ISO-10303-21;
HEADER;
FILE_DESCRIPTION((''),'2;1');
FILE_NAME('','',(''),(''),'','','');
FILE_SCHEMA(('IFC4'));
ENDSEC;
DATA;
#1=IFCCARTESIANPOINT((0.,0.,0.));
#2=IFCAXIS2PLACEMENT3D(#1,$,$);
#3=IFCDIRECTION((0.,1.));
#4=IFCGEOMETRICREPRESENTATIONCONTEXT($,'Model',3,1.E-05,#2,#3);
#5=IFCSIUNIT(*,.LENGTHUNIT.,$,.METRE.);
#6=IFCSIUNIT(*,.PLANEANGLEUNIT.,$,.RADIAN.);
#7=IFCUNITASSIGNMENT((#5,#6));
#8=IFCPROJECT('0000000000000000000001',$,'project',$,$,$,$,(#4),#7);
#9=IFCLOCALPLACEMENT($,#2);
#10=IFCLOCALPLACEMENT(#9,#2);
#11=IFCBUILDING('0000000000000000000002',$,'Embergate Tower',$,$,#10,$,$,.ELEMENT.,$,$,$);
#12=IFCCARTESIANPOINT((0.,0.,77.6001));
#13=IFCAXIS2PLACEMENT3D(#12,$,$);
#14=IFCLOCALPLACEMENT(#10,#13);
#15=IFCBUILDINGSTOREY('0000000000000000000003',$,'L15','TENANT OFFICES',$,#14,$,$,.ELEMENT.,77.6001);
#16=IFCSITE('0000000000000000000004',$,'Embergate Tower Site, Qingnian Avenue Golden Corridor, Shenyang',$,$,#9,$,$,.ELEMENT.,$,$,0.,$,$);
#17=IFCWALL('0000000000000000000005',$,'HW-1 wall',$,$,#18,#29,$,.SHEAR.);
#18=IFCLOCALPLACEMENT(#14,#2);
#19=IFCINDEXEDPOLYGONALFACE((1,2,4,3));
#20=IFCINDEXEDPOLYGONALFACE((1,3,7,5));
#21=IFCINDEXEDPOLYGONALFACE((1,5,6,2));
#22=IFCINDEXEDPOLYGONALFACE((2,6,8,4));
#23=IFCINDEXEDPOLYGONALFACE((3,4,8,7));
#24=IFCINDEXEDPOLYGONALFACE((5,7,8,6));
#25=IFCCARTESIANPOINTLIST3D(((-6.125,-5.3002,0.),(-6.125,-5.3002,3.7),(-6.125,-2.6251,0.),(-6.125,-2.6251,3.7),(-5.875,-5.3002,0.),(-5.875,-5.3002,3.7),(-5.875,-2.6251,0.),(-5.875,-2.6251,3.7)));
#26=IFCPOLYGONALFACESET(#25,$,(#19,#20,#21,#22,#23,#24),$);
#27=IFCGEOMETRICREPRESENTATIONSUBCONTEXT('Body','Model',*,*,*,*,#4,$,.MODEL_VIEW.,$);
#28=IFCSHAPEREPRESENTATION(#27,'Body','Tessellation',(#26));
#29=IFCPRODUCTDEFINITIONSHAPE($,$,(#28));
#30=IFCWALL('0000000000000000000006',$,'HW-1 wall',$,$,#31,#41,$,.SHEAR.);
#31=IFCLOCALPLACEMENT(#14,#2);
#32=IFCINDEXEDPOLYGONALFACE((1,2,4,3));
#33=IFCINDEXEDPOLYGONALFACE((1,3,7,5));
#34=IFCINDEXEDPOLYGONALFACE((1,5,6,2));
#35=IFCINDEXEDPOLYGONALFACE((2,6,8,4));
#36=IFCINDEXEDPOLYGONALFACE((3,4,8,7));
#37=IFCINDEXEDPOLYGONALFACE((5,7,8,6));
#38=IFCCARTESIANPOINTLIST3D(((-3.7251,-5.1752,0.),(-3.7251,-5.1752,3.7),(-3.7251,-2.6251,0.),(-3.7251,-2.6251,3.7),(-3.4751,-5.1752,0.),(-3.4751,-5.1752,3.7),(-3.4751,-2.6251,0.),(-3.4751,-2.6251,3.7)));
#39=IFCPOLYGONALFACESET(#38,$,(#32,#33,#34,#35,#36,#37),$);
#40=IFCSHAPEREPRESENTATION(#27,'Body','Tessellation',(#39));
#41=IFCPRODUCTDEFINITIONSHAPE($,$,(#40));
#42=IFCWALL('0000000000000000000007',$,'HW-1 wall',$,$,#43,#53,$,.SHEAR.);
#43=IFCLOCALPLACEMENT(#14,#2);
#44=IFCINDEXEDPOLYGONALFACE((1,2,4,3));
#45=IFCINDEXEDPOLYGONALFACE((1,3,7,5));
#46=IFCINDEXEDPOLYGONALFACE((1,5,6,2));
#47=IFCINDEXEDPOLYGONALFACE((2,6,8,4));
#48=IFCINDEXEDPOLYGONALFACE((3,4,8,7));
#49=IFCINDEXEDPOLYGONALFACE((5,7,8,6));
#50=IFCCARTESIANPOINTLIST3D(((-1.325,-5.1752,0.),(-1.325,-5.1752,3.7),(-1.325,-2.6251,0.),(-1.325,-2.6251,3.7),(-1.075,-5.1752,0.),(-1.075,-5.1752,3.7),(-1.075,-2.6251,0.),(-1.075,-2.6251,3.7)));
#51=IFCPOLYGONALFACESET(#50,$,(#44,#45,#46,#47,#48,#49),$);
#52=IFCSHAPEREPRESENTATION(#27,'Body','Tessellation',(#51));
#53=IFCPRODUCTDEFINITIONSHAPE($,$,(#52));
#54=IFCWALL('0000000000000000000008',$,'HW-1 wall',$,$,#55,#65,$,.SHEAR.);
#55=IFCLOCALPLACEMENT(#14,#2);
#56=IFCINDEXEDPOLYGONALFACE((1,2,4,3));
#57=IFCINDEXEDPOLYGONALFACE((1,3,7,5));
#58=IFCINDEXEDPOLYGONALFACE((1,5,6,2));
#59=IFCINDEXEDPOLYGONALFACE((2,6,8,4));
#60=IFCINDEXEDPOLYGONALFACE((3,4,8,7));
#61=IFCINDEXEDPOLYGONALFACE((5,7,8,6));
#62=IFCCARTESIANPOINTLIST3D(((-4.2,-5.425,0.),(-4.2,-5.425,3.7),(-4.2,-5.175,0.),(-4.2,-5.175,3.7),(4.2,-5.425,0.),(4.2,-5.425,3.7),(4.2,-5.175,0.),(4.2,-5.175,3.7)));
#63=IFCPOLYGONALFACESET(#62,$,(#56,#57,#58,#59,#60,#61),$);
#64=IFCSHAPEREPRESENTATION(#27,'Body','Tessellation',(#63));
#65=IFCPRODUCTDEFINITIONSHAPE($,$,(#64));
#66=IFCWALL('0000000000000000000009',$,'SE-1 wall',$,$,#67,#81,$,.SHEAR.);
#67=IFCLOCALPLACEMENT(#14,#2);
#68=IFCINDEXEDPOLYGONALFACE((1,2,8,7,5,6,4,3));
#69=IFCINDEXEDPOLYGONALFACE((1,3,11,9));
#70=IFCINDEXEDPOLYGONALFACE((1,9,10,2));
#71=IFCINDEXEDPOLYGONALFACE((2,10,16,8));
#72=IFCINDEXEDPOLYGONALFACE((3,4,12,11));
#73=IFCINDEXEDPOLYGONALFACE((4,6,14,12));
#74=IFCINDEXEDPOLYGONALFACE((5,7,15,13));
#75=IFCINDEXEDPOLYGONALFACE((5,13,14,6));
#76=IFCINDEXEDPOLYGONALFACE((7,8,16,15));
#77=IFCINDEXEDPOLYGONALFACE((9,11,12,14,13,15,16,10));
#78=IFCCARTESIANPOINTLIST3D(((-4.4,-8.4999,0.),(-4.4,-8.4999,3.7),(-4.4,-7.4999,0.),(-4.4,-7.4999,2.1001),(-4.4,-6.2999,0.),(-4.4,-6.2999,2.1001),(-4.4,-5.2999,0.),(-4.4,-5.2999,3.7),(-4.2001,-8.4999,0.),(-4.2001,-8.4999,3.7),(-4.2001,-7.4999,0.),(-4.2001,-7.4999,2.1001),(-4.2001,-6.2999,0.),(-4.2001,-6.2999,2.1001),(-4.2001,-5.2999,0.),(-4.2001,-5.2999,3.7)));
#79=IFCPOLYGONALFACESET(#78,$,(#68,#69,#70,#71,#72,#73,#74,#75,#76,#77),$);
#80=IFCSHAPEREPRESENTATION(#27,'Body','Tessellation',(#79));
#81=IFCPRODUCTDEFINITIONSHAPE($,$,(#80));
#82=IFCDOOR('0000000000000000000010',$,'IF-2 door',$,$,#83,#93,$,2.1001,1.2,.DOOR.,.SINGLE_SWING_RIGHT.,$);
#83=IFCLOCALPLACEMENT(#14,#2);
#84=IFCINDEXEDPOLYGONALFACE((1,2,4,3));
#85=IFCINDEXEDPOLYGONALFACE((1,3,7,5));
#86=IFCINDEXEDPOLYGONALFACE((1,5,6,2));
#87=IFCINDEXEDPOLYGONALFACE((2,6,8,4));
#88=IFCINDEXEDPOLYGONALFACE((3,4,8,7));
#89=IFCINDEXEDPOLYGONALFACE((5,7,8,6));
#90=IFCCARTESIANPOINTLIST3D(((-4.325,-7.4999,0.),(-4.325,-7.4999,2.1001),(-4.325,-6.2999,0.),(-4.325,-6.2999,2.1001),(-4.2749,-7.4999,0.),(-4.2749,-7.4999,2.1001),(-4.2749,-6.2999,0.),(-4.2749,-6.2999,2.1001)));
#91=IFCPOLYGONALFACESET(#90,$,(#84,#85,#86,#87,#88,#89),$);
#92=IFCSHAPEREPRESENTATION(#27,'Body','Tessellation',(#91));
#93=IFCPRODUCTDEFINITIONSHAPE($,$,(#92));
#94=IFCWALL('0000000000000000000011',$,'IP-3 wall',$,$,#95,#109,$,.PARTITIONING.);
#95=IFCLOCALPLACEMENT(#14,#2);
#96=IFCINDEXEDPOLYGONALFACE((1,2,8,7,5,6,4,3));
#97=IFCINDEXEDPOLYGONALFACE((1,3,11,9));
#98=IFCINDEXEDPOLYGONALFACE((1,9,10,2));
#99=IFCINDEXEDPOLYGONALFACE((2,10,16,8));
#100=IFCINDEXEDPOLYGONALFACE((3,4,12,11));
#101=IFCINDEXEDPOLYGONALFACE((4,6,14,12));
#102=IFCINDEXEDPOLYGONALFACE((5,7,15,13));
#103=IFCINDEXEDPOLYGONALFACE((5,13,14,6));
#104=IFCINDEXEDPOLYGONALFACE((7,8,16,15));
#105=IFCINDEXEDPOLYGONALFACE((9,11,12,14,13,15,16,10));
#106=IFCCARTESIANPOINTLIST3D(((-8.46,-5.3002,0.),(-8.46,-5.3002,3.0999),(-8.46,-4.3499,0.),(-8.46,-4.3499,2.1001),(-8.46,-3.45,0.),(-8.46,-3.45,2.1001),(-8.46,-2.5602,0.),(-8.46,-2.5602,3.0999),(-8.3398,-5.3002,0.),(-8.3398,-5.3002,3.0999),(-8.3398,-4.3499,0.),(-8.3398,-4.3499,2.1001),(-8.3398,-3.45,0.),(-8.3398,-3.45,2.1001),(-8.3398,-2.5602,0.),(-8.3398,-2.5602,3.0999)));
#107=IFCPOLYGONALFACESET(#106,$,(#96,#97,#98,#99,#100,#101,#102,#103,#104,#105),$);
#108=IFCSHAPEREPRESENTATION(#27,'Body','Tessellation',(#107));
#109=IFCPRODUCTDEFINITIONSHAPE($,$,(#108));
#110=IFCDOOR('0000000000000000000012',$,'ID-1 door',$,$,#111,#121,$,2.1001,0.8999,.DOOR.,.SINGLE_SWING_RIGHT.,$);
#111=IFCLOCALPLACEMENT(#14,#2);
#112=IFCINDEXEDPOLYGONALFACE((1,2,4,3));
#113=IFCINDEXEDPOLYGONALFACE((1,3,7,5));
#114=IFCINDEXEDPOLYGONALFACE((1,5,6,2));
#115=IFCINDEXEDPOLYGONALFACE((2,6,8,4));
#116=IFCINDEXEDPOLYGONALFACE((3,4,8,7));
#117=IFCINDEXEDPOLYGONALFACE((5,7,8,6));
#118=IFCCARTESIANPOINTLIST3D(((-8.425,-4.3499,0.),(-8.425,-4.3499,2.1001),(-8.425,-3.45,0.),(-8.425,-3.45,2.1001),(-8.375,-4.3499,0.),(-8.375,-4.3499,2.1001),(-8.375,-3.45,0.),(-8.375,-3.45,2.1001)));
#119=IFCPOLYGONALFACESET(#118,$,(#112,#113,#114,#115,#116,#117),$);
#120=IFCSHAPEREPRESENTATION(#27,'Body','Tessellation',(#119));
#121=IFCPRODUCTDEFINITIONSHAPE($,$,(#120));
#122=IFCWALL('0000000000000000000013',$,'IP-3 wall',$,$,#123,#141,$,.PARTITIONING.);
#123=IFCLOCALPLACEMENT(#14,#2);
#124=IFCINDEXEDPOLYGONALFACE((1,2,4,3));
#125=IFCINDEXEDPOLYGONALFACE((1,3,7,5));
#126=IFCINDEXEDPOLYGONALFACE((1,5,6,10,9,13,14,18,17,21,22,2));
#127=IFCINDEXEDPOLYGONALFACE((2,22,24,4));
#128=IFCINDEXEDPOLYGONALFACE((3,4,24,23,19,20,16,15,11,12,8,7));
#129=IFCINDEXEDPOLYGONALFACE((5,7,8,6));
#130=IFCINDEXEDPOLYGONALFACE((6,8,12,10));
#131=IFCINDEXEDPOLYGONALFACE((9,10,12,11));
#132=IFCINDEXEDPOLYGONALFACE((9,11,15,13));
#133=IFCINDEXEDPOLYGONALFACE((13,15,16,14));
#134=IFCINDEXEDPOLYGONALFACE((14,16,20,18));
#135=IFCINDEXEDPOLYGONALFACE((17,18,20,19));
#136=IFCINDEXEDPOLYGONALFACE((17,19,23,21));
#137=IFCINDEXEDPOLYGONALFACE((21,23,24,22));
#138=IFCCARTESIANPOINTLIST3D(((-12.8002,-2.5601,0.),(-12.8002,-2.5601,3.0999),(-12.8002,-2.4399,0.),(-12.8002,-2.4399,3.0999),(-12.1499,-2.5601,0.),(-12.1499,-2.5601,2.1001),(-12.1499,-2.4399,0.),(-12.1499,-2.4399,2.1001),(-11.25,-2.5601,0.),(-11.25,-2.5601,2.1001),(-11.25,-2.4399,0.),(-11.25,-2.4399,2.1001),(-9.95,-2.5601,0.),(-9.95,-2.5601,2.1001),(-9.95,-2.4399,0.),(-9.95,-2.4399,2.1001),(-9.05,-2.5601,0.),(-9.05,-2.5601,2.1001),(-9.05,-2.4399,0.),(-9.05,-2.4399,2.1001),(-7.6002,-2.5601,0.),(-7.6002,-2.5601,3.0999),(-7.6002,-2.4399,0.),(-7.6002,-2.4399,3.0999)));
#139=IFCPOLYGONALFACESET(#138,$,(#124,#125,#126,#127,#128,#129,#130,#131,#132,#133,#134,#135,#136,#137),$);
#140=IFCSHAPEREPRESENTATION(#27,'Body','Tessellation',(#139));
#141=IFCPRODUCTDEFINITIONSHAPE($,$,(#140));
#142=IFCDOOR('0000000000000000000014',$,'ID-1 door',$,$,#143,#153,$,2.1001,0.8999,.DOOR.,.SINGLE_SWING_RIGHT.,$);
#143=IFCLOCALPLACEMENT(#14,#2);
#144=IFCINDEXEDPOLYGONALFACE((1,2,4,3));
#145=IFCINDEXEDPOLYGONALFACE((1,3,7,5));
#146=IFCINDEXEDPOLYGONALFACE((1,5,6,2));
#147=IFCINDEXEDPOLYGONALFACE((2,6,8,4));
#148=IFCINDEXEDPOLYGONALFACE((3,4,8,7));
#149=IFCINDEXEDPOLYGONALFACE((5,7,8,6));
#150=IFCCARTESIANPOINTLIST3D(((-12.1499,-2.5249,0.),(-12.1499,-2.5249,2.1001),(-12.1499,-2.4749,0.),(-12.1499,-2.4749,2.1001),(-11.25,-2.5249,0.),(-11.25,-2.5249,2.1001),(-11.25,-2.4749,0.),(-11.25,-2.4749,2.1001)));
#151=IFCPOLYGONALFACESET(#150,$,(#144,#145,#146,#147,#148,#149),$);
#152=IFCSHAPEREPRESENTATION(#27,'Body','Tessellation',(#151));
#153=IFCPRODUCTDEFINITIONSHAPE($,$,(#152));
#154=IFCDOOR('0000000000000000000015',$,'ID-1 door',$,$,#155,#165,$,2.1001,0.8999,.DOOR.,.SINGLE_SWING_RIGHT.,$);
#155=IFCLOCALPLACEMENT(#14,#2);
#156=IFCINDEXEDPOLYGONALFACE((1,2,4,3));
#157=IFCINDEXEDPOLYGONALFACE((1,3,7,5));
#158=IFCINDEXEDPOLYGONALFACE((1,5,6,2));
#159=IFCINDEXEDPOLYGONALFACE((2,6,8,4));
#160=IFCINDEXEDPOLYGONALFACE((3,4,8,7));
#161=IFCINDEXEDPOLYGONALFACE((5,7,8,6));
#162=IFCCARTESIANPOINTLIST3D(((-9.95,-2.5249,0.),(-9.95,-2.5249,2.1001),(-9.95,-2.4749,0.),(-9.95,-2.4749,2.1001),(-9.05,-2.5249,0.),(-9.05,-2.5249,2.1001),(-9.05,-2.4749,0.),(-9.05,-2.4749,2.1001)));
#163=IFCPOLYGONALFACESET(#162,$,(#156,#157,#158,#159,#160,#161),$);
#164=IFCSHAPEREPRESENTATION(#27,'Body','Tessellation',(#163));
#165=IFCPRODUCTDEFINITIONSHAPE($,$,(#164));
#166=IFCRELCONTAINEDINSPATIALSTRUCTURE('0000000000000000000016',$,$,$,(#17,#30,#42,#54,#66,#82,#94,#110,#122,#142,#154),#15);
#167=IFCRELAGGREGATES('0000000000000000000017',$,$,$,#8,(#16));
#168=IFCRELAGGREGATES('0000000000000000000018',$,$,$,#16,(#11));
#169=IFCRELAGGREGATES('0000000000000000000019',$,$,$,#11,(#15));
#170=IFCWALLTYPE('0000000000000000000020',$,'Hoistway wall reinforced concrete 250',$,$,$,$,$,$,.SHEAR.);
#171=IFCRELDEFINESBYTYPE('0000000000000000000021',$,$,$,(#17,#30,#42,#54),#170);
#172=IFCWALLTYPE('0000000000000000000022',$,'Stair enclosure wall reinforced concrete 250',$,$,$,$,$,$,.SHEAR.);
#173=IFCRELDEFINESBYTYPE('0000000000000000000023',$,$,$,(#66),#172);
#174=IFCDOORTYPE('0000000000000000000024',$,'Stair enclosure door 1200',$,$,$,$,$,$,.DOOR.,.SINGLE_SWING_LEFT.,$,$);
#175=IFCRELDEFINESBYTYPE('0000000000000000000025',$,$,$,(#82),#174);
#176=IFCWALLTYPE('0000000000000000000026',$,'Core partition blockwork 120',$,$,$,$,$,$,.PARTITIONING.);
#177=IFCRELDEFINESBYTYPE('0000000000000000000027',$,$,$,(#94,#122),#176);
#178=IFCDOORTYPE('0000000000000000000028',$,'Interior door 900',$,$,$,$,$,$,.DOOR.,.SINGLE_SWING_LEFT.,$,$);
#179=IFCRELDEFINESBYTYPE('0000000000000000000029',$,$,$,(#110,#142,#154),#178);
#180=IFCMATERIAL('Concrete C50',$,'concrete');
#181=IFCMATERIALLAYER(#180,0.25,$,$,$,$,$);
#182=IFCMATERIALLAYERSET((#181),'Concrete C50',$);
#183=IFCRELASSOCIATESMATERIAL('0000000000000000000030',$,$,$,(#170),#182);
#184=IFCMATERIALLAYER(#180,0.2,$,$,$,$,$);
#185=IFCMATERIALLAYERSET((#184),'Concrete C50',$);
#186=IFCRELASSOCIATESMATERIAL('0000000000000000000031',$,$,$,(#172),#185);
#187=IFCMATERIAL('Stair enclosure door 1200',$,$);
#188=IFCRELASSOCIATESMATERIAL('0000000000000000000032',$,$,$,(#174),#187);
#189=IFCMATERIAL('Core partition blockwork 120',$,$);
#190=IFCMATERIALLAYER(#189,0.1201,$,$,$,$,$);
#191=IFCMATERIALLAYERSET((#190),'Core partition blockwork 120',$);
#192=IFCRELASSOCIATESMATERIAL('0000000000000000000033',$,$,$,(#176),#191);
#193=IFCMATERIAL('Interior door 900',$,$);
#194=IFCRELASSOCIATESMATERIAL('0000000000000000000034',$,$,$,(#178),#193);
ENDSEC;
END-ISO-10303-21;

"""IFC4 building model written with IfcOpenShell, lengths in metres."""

from ifc_helpers import new_model, si_unit, direction, frame, frame_2d, origin, place, context, subcontext, project, spatial, rectangle, extrude, source, transform, mapped, material, layer, layer_set, type_object, element, fill, save


model = new_model("IFC4")

# Units and contexts
model_context = context("Model", 3, precision=1e-05, world=origin(), true_north=direction((0.0, 1.0)))
body_context = subcontext(model_context, "Body", "Model", "MODEL_VIEW")
ifc_project = project(units=[si_unit("LENGTHUNIT", "METRE"), si_unit("PLANEANGLEUNIT", "RADIAN")], contexts=[model_context])

# Site, building, storey
site_placement = place(None, origin())
site = spatial("IfcSite", under=ifc_project, at=site_placement, Name="Embergate Tower Site, Qingnian Avenue Golden Corridor, Shenyang", CompositionType="ELEMENT", RefElevation=0.0)
building_placement = place(site_placement, origin())
building = spatial("IfcBuilding", under=site, at=building_placement, Name="Embergate Tower", CompositionType="ELEMENT")
storey_placement = place(building_placement, frame((0.0, 0.0, 77.6001)))
storey = spatial("IfcBuildingStorey", under=building, at=storey_placement, Name="L15", Description="TENANT OFFICES", CompositionType="ELEMENT", Elevation=77.6001)

# Walls
ifc_material_1 = material(Name="Concrete C50", Category="concrete")
ifc_layer_1 = layer(ifc_material_1, 0.25)
ifc_layer_set_1 = layer_set([ifc_layer_1], Name="Concrete C50")
wall_type_1 = type_object("IfcWallType", Name="Hoistway wall reinforced concrete 250", PredefinedType="SHEAR", material=ifc_layer_set_1)
shared_shape_1 = source(origin(), body_context, "Body", "SweptSolid", [
    extrude(rectangle(XDim=2.675, YDim=0.25, at=frame_2d((1.3374, 0.0))), origin(), (0.0, 0.0, 1.0), 3.7),
])
wall_1_placement = place(storey_placement, frame((-6.0, -5.3, 0.0), z_axis=(0.0, 0.0, 1.0), x_axis=(0.0, 1.0, 0.0)))
element("IfcWall", 1, at=wall_1_placement, inside=storey, type_object=wall_type_1, Name="HW-1 wall", PredefinedType="SHEAR", context=body_context, shape_type="MappedRepresentation", body=[
    mapped(shared_shape_1, transform((0.0, 0.0, 0.0))),
])
shared_shape_2 = source(origin(), body_context, "Body", "SweptSolid", [
    extrude(rectangle(XDim=2.55, YDim=0.25, at=frame_2d((1.2749, 0.0))), origin(), (0.0, 0.0, 1.0), 3.7),
])
for number, where, z_axis, x_axis, name in (
    (2, (-3.6001, -5.175, 0.0), (0.0, 0.0, 1.0), (0.0, 1.0, 0.0), "HW-1 wall"),
    (3, (-1.2, -5.175, 0.0), (0.0, 0.0, 1.0), (0.0, 1.0, 0.0), "HW-1 wall"),
):
    element("IfcWall", number, at=place(storey_placement, frame(where, z_axis=z_axis, x_axis=x_axis)), inside=storey, type_object=wall_type_1, Name=name, PredefinedType="SHEAR", context=body_context, shape_type="MappedRepresentation", body=[
        mapped(shared_shape_2, transform((0.0, 0.0, 0.0))),
    ])
shared_shape_3 = source(origin(), body_context, "Body", "SweptSolid", [
    extrude(rectangle(XDim=8.3999, YDim=0.25, at=frame_2d((4.2, 0.0))), origin(), (0.0, 0.0, 1.0), 3.7),
])
wall_2_placement = place(storey_placement, frame((-4.2, -5.3, 0.0), z_axis=(0.0, 0.0, 1.0), x_axis=(1.0, 0.0, 0.0)))
element("IfcWall", 4, at=wall_2_placement, inside=storey, type_object=wall_type_1, Name="HW-1 wall", PredefinedType="SHEAR", context=body_context, shape_type="MappedRepresentation", body=[
    mapped(shared_shape_3, transform((0.0, 0.0, 0.0))),
])

# Walls, openings, doors
ifc_layer_2 = layer(ifc_material_1, 0.2)
ifc_layer_set_2 = layer_set([ifc_layer_2], Name="Concrete C50")
wall_type_2 = type_object("IfcWallType", Name="Stair enclosure wall reinforced concrete 250", PredefinedType="SHEAR", material=ifc_layer_set_2)
shared_shape_4 = source(origin(), body_context, "Body", "SweptSolid", [
    extrude(rectangle(XDim=3.2, YDim=0.2, at=frame_2d((1.6001, 0.0))), origin(), (0.0, 0.0, 1.0), 3.7),
])
wall_3_placement = place(storey_placement, frame((-4.3, -8.5, 0.0), z_axis=(0.0, 0.0, 1.0), x_axis=(0.0, 1.0, 0.0)))
wall_3 = element("IfcWall", 5, at=wall_3_placement, inside=storey, type_object=wall_type_2, Name="SE-1 wall", PredefinedType="SHEAR", context=body_context, shape_type="MappedRepresentation", body=[
    mapped(shared_shape_4, transform((0.0, 0.0, 0.0))),
])
shared_shape_5 = source(origin(), body_context, "Body", "SweptSolid", [
    extrude(rectangle(XDim=1.2, YDim=2.1001, at=frame_2d((0.6001, 1.05))), frame((0.0, 0.1099, 0.0), z_axis=(0.0, -1.0, 0.0), x_axis=(1.0, 0.0, 0.0)), (0.0, 0.0, 1.0), 0.22),
])
opening_1_placement = place(wall_3_placement, frame((1.0, 0.0, 0.0)))
opening_1 = element("IfcOpeningElement", 6, at=opening_1_placement, cuts=wall_3, PredefinedType="OPENING", context=body_context, shape_type="MappedRepresentation", body=[
    mapped(shared_shape_5, transform((0.0, 0.0, 0.0))),
])
ifc_material_2 = material(Name="Stair enclosure door 1200")
door_type_1 = type_object("IfcDoorType", Name="Stair enclosure door 1200", OperationType="SINGLE_SWING_LEFT", PredefinedType="DOOR", material=ifc_material_2)
shared_shape_6 = source(origin(), body_context, "Body", "SweptSolid", [
    extrude(rectangle(XDim=1.2, YDim=2.1001, at=frame_2d((0.6001, 1.05))), frame((0.0, 0.0249, 0.0), z_axis=(0.0, -1.0, 0.0), x_axis=(1.0, 0.0, 0.0)), (0.0, 0.0, 1.0), 0.05),
])
door_1_placement = place(opening_1_placement, origin())
door_1 = element("IfcDoor", 7, at=door_1_placement, inside=storey, type_object=door_type_1, Name="IF-2 door", OperationType="SINGLE_SWING_RIGHT", OverallHeight=2.1001, OverallWidth=1.2, PredefinedType="DOOR", context=body_context, shape_type="MappedRepresentation", body=[
    mapped(shared_shape_6, transform((0.0, 0.0, 0.0))),
])
fill(opening_1, door_1)
ifc_material_3 = material(Name="Core partition blockwork 120")
ifc_layer_3 = layer(ifc_material_3, 0.1201)
ifc_layer_set_3 = layer_set([ifc_layer_3], Name="Core partition blockwork 120")
wall_type_3 = type_object("IfcWallType", Name="Core partition blockwork 120", PredefinedType="PARTITIONING", material=ifc_layer_set_3)
shared_shape_7 = source(origin(), body_context, "Body", "SweptSolid", [
    extrude(rectangle(XDim=2.74, YDim=0.1201, at=frame_2d((1.3701, 0.0))), origin(), (0.0, 0.0, 1.0), 3.0999),
])
wall_4_placement = place(storey_placement, frame((-8.3999, -2.5601, 0.0), z_axis=(0.0, 0.0, 1.0), x_axis=(0.0, -1.0, 0.0)))
wall_4 = element("IfcWall", 8, at=wall_4_placement, inside=storey, type_object=wall_type_3, Name="IP-3 wall", PredefinedType="PARTITIONING", context=body_context, shape_type="MappedRepresentation", body=[
    mapped(shared_shape_7, transform((0.0, 0.0, 0.0))),
])
shared_shape_8 = source(origin(), body_context, "Body", "SweptSolid", [
    extrude(rectangle(XDim=0.8999, YDim=2.1001, at=frame_2d((0.45, 1.05))), frame((0.0, 0.0701, 0.0), z_axis=(0.0, -1.0, 0.0), x_axis=(1.0, 0.0, 0.0)), (0.0, 0.0, 1.0), 0.1401),
])
opening_2_placement = place(wall_4_placement, frame((0.8899, 0.0, 0.0)))
opening_2 = element("IfcOpeningElement", 9, at=opening_2_placement, cuts=wall_4, PredefinedType="OPENING", context=body_context, shape_type="MappedRepresentation", body=[
    mapped(shared_shape_8, transform((0.0, 0.0, 0.0))),
])
ifc_material_4 = material(Name="Interior door 900")
door_type_2 = type_object("IfcDoorType", Name="Interior door 900", OperationType="SINGLE_SWING_LEFT", PredefinedType="DOOR", material=ifc_material_4)
shared_shape_9 = source(origin(), body_context, "Body", "SweptSolid", [
    extrude(rectangle(XDim=0.8999, YDim=2.1001, at=frame_2d((0.45, 1.05))), frame((0.0, 0.0249, 0.0), z_axis=(0.0, -1.0, 0.0), x_axis=(1.0, 0.0, 0.0)), (0.0, 0.0, 1.0), 0.05),
])
door_2_placement = place(opening_2_placement, origin())
door_2 = element("IfcDoor", 10, at=door_2_placement, inside=storey, type_object=door_type_2, Name="ID-1 door", OperationType="SINGLE_SWING_RIGHT", OverallHeight=2.1001, OverallWidth=0.8999, PredefinedType="DOOR", context=body_context, shape_type="MappedRepresentation", body=[
    mapped(shared_shape_9, transform((0.0, 0.0, 0.0))),
])
fill(opening_2, door_2)

# Wall, openings, doors
shared_shape_10 = source(origin(), body_context, "Body", "SweptSolid", [
    extrude(rectangle(XDim=5.2, YDim=0.1201, at=frame_2d((2.6001, 0.0))), origin(), (0.0, 0.0, 1.0), 3.0999),
])
wall_5_placement = place(storey_placement, frame((-7.6001, -2.5, 0.0), z_axis=(0.0, 0.0, 1.0), x_axis=(-1.0, 0.0, 0.0)))
wall_5 = element("IfcWall", 11, at=wall_5_placement, inside=storey, type_object=wall_type_3, Name="IP-3 wall", PredefinedType="PARTITIONING", context=body_context, shape_type="MappedRepresentation", body=[
    mapped(shared_shape_10, transform((0.0, 0.0, 0.0))),
])
opening_3_placement = place(wall_5_placement, frame((3.6499, 0.0, 0.0)))
opening_3 = element("IfcOpeningElement", 12, at=opening_3_placement, cuts=wall_5, PredefinedType="OPENING", context=body_context, shape_type="MappedRepresentation", body=[
    mapped(shared_shape_8, transform((0.0, 0.0, 0.0))),
])
opening_4_placement = place(wall_5_placement, frame((1.45, 0.0, 0.0)))
opening_4 = element("IfcOpeningElement", 13, at=opening_4_placement, cuts=wall_5, PredefinedType="OPENING", context=body_context, shape_type="MappedRepresentation", body=[
    mapped(shared_shape_8, transform((0.0, 0.0, 0.0))),
])
door_3_placement = place(opening_3_placement, origin())
door_3 = element("IfcDoor", 14, at=door_3_placement, inside=storey, type_object=door_type_2, Name="ID-1 door", OperationType="SINGLE_SWING_RIGHT", OverallHeight=2.1001, OverallWidth=0.8999, PredefinedType="DOOR", context=body_context, shape_type="MappedRepresentation", body=[
    mapped(shared_shape_9, transform((0.0, 0.0, 0.0))),
])
fill(opening_3, door_3)
door_4_placement = place(opening_4_placement, origin())
door_4 = element("IfcDoor", 15, at=door_4_placement, inside=storey, type_object=door_type_2, Name="ID-1 door", OperationType="SINGLE_SWING_RIGHT", OverallHeight=2.1001, OverallWidth=0.8999, PredefinedType="DOOR", context=body_context, shape_type="MappedRepresentation", body=[
    mapped(shared_shape_9, transform((0.0, 0.0, 0.0))),
])
fill(opening_4, door_4)

save(model, "model.ifc")
